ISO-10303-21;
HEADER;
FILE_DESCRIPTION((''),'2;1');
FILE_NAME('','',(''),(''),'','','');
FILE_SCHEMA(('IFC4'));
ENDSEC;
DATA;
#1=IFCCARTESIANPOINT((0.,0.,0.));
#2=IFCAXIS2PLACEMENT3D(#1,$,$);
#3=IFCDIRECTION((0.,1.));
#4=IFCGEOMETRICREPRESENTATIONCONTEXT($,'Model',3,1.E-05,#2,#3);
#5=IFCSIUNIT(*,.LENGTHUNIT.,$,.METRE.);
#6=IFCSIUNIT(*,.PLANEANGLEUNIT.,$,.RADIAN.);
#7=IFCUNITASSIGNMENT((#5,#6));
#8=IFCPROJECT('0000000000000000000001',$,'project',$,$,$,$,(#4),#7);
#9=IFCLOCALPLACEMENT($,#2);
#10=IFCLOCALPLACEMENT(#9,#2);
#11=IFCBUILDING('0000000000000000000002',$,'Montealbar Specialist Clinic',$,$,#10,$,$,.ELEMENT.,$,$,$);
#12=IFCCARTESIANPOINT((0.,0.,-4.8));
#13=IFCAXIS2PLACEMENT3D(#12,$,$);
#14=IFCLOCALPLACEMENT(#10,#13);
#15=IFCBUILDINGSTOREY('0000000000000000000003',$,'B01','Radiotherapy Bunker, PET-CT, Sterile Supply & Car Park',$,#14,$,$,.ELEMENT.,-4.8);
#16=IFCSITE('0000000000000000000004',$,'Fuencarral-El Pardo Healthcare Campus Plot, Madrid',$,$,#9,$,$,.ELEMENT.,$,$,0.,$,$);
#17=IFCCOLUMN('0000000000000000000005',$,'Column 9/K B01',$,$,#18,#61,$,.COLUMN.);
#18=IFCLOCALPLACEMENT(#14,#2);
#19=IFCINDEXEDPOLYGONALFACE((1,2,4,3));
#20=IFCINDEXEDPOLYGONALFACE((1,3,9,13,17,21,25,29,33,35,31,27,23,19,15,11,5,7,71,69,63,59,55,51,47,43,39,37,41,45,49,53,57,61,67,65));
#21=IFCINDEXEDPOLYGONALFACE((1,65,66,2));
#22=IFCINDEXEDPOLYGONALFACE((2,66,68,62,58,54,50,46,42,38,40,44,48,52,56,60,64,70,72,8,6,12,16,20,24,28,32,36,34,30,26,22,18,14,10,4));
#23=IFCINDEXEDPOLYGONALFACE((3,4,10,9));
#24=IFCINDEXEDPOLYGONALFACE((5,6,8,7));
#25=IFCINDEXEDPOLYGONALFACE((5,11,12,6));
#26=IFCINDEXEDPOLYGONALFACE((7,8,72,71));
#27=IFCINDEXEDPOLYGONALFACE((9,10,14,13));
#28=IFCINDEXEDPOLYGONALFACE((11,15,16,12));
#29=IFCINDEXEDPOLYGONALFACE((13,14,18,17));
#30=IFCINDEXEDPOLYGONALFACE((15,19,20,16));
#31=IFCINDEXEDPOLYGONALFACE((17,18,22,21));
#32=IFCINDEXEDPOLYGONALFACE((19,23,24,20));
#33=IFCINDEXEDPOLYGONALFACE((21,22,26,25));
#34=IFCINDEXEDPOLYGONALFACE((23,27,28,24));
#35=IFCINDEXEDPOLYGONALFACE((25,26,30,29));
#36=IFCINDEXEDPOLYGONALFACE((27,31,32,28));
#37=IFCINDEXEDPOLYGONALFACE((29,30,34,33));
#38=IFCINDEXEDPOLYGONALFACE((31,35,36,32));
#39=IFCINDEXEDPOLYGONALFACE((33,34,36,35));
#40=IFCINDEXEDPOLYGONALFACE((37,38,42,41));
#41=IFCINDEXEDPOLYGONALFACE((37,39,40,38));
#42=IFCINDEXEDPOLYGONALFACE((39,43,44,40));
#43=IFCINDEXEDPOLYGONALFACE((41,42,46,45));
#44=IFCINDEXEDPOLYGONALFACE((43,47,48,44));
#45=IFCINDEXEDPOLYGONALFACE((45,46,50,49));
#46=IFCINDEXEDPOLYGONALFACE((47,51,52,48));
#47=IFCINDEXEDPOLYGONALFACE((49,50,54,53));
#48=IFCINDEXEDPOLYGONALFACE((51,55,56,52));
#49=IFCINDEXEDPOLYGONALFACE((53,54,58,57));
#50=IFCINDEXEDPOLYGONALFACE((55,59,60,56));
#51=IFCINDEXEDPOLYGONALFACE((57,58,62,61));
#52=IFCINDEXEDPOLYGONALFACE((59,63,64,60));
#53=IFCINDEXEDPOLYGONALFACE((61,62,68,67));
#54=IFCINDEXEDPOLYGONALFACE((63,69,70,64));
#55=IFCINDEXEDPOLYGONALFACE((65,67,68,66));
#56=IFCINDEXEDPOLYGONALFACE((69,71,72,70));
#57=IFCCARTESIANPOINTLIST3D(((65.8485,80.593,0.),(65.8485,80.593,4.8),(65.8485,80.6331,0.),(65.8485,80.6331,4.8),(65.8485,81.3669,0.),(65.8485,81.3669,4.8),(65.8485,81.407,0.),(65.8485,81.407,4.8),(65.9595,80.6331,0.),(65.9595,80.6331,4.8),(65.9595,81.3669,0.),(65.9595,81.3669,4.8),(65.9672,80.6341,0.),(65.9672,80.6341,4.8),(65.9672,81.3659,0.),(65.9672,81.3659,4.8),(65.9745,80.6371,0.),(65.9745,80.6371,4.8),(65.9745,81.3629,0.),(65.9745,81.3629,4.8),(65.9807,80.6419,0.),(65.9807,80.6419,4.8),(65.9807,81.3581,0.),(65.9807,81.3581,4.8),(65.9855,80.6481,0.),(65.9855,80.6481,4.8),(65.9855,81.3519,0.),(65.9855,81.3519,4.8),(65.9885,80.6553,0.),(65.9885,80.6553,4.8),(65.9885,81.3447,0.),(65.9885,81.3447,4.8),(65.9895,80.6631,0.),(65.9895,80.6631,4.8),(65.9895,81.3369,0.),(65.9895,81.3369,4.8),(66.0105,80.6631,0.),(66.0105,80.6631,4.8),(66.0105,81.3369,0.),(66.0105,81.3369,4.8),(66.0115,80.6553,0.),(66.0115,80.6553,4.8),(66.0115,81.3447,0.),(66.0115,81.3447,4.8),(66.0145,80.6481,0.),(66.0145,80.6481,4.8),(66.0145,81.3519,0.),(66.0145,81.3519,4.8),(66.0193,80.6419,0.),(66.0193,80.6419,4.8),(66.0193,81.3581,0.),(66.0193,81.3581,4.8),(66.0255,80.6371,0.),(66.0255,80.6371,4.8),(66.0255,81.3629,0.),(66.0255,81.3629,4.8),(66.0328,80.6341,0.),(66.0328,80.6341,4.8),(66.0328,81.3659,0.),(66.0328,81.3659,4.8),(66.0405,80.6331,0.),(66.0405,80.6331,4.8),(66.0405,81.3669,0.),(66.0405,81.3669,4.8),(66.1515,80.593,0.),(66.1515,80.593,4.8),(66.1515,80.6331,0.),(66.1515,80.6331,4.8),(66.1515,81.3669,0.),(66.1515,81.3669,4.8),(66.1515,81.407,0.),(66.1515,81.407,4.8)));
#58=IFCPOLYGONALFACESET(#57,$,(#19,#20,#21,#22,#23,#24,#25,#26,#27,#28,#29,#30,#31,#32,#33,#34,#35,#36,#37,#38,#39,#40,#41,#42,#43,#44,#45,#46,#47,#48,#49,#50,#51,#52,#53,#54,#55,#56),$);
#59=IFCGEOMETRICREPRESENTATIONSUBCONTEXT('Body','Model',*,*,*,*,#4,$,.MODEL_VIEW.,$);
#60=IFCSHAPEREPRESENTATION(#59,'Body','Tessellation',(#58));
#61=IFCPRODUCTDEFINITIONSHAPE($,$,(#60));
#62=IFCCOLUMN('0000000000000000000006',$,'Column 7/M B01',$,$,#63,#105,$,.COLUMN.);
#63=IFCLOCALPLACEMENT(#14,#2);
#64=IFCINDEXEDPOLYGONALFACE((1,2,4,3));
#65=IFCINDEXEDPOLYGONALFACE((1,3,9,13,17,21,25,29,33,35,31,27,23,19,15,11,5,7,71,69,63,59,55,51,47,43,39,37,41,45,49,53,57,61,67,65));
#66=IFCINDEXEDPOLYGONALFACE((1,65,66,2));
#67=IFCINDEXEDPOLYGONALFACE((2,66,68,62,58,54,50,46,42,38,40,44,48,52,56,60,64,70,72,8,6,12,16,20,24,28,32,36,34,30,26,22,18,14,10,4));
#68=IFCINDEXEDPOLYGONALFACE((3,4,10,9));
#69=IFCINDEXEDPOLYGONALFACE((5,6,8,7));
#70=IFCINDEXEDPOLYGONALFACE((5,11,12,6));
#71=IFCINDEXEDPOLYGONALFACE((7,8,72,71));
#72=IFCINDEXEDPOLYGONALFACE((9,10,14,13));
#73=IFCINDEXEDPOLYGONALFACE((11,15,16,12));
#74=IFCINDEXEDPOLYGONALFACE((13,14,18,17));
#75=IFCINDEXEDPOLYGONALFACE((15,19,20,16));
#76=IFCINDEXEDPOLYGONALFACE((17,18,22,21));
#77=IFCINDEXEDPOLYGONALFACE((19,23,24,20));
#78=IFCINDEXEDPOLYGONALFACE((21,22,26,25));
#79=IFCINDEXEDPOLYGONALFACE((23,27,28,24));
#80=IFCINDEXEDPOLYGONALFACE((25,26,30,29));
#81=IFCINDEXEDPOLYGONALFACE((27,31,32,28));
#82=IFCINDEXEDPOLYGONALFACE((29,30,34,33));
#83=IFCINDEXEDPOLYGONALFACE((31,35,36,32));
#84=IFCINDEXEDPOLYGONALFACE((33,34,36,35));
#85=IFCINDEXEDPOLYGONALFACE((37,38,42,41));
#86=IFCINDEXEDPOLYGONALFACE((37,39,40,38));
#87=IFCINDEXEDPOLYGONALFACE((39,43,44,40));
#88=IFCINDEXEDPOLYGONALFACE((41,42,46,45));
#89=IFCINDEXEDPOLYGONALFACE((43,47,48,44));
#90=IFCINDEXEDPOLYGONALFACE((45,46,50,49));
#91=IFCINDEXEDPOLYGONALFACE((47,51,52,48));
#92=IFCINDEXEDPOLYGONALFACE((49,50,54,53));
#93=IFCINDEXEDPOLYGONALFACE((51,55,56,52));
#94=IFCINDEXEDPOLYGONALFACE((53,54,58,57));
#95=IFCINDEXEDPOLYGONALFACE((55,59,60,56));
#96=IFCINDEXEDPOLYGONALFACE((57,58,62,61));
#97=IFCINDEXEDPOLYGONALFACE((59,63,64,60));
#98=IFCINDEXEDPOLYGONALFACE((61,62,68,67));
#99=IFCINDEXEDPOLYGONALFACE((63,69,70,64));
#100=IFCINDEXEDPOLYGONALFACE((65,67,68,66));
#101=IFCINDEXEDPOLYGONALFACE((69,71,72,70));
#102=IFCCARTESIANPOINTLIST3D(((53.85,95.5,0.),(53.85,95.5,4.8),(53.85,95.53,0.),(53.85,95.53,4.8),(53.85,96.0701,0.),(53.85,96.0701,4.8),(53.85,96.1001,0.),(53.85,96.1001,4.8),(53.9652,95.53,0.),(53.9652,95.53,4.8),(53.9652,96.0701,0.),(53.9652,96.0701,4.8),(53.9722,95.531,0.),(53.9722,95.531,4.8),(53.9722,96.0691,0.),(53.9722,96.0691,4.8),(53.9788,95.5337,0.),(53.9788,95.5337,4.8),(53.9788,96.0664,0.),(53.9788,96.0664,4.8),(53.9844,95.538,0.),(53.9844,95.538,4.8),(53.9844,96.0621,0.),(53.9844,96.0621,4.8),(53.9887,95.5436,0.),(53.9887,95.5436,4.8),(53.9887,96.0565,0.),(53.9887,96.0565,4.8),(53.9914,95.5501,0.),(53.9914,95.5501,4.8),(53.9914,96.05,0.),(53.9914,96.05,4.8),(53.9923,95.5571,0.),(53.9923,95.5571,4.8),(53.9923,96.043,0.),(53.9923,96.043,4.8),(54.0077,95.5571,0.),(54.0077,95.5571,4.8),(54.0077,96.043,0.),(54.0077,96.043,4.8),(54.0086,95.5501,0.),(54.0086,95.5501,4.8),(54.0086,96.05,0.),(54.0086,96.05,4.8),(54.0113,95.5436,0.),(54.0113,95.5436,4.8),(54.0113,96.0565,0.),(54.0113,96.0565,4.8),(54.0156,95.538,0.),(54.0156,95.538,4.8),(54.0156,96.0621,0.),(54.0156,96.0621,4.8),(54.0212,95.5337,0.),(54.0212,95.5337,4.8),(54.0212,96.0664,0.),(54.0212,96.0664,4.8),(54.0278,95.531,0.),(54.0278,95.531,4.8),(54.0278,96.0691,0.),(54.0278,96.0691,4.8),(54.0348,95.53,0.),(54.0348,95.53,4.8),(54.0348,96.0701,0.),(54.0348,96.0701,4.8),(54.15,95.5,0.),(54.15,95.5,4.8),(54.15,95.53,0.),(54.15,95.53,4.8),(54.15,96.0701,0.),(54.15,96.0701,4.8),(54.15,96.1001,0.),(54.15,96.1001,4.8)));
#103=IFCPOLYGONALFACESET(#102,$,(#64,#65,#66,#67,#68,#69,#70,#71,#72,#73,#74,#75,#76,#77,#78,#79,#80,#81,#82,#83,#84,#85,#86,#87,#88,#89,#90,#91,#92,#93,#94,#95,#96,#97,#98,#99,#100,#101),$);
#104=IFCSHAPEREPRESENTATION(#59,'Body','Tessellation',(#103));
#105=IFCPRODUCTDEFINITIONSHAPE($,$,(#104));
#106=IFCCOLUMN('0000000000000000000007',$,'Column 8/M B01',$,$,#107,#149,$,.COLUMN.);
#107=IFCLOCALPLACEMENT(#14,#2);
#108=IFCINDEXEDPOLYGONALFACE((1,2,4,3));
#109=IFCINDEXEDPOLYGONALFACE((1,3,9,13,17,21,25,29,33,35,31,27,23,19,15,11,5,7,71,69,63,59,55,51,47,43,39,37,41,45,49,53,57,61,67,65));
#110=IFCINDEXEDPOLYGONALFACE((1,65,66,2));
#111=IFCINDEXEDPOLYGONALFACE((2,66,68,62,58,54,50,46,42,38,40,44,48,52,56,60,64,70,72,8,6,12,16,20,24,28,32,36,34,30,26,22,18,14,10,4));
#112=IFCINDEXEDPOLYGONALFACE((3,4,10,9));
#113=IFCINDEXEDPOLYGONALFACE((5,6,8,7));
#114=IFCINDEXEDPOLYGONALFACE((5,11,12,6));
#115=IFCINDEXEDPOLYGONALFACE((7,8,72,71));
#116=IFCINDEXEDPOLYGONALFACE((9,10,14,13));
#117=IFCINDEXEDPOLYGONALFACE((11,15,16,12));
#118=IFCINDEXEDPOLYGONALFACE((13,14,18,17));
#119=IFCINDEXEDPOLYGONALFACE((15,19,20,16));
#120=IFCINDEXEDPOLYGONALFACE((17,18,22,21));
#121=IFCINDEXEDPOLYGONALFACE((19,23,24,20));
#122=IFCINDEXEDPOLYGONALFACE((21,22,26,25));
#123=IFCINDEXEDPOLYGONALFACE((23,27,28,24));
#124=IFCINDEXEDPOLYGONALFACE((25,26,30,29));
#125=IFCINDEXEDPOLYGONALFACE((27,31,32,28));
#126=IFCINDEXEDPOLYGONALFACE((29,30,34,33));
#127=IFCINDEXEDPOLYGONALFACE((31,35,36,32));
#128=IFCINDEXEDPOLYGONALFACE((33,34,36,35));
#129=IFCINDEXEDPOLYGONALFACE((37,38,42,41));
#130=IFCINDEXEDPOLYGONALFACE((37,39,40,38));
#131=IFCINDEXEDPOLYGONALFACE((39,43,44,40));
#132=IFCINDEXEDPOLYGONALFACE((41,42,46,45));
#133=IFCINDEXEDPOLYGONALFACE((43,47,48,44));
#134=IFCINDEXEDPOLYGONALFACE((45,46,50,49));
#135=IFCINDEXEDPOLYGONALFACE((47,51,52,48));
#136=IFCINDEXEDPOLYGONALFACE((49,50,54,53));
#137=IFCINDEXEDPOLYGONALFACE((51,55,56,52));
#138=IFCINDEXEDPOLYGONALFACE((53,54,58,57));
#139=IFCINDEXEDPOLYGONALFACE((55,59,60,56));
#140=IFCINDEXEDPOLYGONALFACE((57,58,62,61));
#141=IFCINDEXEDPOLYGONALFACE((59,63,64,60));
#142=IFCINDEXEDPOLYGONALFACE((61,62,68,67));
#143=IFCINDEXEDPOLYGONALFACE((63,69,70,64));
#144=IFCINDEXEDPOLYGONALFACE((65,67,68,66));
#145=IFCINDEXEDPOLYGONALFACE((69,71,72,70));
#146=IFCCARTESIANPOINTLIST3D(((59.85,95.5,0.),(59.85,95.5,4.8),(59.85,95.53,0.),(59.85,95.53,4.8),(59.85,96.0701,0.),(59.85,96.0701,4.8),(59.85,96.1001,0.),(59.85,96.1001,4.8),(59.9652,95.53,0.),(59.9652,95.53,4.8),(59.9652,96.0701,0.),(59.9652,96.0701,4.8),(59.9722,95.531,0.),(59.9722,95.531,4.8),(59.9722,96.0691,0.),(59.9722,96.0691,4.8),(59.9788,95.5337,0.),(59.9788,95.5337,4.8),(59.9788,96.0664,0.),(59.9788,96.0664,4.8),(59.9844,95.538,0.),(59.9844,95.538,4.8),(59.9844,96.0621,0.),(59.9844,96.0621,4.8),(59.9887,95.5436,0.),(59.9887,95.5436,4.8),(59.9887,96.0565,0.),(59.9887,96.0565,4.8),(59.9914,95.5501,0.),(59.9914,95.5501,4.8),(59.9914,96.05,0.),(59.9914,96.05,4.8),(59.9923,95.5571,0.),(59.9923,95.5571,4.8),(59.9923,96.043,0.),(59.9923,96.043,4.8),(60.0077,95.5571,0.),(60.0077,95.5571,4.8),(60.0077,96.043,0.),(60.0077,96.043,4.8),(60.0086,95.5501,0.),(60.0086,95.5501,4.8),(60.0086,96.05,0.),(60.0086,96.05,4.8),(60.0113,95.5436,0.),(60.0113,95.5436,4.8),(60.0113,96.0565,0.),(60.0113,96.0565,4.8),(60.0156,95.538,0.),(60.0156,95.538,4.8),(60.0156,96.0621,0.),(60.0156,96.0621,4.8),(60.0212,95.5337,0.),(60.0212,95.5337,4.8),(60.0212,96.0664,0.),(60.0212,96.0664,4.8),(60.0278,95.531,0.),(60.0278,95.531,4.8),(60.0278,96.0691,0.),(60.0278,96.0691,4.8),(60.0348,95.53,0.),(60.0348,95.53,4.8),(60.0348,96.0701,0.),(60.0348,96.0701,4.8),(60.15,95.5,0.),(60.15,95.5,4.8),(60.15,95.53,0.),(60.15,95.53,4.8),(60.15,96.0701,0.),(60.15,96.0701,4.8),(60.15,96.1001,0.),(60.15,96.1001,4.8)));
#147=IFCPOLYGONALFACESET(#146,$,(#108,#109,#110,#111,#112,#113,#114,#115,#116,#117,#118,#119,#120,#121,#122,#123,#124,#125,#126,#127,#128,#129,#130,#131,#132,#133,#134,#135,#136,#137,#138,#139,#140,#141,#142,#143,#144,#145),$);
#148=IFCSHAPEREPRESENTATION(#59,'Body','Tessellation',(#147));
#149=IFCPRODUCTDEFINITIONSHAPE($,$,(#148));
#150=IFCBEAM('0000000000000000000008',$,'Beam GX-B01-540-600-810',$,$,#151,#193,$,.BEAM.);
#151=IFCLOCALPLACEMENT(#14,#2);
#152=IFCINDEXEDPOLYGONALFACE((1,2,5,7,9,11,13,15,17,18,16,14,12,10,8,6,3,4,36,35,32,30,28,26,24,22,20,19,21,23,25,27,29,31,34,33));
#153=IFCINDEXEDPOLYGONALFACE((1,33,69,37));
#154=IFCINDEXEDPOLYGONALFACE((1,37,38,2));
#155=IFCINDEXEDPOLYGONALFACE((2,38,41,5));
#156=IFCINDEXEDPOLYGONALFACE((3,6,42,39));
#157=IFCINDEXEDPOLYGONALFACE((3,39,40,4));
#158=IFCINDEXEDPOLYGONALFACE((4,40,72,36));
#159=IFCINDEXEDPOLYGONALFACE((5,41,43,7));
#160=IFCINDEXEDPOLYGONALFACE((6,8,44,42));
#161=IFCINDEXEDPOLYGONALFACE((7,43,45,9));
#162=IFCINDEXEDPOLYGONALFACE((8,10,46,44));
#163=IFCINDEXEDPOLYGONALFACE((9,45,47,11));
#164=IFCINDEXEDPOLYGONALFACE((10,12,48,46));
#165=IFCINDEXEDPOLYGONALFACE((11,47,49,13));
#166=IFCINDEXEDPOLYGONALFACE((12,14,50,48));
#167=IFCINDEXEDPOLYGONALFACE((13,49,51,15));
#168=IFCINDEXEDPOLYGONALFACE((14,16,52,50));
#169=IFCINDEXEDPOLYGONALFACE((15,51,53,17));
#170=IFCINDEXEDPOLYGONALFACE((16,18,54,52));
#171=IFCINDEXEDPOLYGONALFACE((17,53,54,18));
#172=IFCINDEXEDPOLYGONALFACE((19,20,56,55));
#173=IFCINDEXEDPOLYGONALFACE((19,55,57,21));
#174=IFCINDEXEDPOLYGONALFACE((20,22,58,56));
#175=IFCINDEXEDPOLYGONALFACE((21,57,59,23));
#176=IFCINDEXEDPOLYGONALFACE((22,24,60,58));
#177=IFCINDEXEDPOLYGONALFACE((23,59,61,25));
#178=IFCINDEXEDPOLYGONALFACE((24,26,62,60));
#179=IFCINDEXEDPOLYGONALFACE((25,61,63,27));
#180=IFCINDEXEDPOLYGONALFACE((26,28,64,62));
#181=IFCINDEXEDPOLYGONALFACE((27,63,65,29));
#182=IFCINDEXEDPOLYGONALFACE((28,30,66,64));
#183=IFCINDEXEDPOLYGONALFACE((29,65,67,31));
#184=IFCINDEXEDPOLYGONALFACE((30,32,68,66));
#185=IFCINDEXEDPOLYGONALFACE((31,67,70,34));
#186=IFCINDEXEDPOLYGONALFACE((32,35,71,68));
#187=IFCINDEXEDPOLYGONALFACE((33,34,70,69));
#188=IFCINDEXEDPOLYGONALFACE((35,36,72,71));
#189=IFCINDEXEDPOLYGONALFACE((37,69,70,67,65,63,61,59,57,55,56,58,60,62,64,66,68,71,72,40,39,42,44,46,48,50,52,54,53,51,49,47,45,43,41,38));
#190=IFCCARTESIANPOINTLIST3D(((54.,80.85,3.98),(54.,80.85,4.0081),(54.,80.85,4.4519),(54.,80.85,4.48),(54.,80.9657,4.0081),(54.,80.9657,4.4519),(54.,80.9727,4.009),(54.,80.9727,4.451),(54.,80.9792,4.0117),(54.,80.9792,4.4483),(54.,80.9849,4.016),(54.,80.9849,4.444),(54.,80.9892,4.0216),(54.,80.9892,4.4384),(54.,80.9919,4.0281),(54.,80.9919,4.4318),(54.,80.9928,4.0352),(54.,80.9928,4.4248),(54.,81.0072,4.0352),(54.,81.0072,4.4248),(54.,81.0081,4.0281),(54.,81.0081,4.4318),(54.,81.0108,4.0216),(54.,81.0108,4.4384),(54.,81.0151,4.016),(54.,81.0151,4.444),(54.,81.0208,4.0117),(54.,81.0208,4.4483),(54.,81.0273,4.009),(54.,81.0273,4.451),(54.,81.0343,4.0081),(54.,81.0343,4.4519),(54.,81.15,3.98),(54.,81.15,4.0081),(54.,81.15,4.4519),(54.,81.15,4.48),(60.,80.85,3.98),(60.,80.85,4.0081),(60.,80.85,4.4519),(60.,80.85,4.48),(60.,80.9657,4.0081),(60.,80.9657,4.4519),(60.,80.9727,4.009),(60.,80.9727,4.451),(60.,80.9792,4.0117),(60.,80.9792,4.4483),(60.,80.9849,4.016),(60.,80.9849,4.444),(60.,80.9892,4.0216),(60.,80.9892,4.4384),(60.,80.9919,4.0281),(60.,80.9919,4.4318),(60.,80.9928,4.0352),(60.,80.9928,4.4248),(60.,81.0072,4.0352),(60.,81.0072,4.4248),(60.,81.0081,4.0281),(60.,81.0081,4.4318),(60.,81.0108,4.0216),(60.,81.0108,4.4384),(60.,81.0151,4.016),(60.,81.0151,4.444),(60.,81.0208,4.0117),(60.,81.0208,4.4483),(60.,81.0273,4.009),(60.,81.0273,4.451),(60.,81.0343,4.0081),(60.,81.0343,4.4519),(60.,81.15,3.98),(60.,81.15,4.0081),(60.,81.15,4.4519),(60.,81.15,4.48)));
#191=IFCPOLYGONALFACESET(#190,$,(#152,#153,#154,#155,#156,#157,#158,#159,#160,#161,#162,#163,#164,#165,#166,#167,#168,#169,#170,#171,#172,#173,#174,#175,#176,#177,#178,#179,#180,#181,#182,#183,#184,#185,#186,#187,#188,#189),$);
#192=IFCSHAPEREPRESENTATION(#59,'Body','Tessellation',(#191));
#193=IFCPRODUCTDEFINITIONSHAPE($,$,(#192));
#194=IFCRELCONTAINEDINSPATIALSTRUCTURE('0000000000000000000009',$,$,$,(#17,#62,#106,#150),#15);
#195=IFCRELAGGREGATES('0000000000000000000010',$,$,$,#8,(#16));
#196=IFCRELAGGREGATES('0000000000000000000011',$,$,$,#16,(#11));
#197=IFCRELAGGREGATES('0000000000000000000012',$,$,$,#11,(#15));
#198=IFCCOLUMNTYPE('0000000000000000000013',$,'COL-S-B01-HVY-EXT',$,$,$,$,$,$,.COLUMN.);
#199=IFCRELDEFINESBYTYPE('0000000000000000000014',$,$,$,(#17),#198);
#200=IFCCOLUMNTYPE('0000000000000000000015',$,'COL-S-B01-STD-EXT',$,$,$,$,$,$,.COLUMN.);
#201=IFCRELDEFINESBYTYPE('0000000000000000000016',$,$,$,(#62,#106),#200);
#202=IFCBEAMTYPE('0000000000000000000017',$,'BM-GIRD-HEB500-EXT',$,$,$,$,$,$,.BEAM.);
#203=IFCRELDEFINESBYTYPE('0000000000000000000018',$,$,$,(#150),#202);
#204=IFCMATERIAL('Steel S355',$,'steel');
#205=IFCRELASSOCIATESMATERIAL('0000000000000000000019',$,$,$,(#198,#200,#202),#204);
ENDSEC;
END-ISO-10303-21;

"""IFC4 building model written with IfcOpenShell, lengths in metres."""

from ifc_helpers import new_model, si_unit, direction, frame, origin, origin_2d, place, context, subcontext, project, spatial, i_section, extrude, material, material_profile, profile_set, type_object, element, save


model = new_model("IFC4")

# Units and contexts
model_context = context("Model", 3, precision=1e-05, world=origin(), true_north=direction((0.0, 1.0)))
body_context = subcontext(model_context, "Body", "Model", "MODEL_VIEW")
ifc_project = project(units=[si_unit("LENGTHUNIT", "METRE"), si_unit("PLANEANGLEUNIT", "RADIAN")], contexts=[model_context])

# Site, building, storey
site_placement = place(None, origin())
site = spatial("IfcSite", under=ifc_project, at=site_placement, Name="Fuencarral-El Pardo Healthcare Campus Plot, Madrid", CompositionType="ELEMENT", RefElevation=0.0)
building_placement = place(site_placement, origin())
building = spatial("IfcBuilding", under=site, at=building_placement, Name="Montealbar Specialist Clinic", CompositionType="ELEMENT")
storey_placement = place(building_placement, frame((0.0, 0.0, -4.8)))
storey = spatial("IfcBuildingStorey", under=building, at=storey_placement, Name="B01", Description="Radiotherapy Bunker, PET-CT, Sterile Supply & Car Park", CompositionType="ELEMENT", Elevation=-4.8)

# Columns
ifc_material_1 = material(Name="Steel S355", Category="steel")
ifc_material_profile_1 = material_profile(ifc_material_1, i_section(OverallWidth=0.303, OverallDepth=0.814, WebThickness=0.021, FlangeThickness=0.04, FilletRadius=0.03, at=origin_2d()), Name="HEM 800", Category="steel")
ifc_profile_set_1 = profile_set([ifc_material_profile_1], Name="Steel S355")
column_type_1 = type_object("IfcColumnType", Name="COL-S-B01-HVY-EXT", PredefinedType="COLUMN", material=ifc_profile_set_1)
for number, where, z_axis, x_axis, name in (
    (1, (66.0, 81.0, 0.0), (0.0, 0.0, 1.0), (1.0, 0.0, 0.0), "Column 9/K B01"),
):
    element("IfcColumn", number, at=place(storey_placement, frame(where, z_axis=z_axis, x_axis=x_axis)), inside=storey, type_object=column_type_1, Name=name, PredefinedType="COLUMN", context=body_context, shape_type="SweptSolid", body=[
        extrude(i_section(OverallWidth=0.303, OverallDepth=0.814, WebThickness=0.021, FlangeThickness=0.04, FilletRadius=0.03, at=origin_2d()), origin(), (0.0, 0.0, 1.0), 4.8),
    ])
ifc_material_profile_2 = material_profile(ifc_material_1, i_section(OverallWidth=0.3, OverallDepth=0.6001, WebThickness=0.0154, FlangeThickness=0.03, FilletRadius=0.0271, at=origin_2d()), Name="HEB 600", Category="steel")
ifc_profile_set_2 = profile_set([ifc_material_profile_2], Name="Steel S355")
column_type_2 = type_object("IfcColumnType", Name="COL-S-B01-STD-EXT", PredefinedType="COLUMN", material=ifc_profile_set_2)
for number, where, z_axis, x_axis, name in (
    (2, (54.0, 95.8, 0.0), (0.0, 0.0, 1.0), (1.0, 0.0, 0.0), "Column 7/M B01"),
    (3, (60.0, 95.8, 0.0), (0.0, 0.0, 1.0), (1.0, 0.0, 0.0), "Column 8/M B01"),
):
    element("IfcColumn", number, at=place(storey_placement, frame(where, z_axis=z_axis, x_axis=x_axis)), inside=storey, type_object=column_type_2, Name=name, PredefinedType="COLUMN", context=body_context, shape_type="SweptSolid", body=[
        extrude(i_section(OverallWidth=0.3, OverallDepth=0.6001, WebThickness=0.0154, FlangeThickness=0.03, FilletRadius=0.0271, at=origin_2d()), origin(), (0.0, 0.0, 1.0), 4.8),
    ])

# Beam
ifc_material_profile_3 = material_profile(ifc_material_1, i_section(OverallWidth=0.3, OverallDepth=0.5, WebThickness=0.0144, FlangeThickness=0.0281, FilletRadius=0.0271, at=origin_2d()), Name="HEB 500", Category="steel")
ifc_profile_set_3 = profile_set([ifc_material_profile_3], Name="Steel S355")
beam_type_1 = type_object("IfcBeamType", Name="BM-GIRD-HEB500-EXT", PredefinedType="BEAM", material=ifc_profile_set_3)
for number, where, z_axis, x_axis, name in (
    (4, (54.0, 81.0, 4.23), (1.0, 0.0, 0.0), (0.0, 1.0, 0.0), "Beam GX-B01-540-600-810"),
):
    element("IfcBeam", number, at=place(storey_placement, frame(where, z_axis=z_axis, x_axis=x_axis)), inside=storey, type_object=beam_type_1, Name=name, PredefinedType="BEAM", context=body_context, shape_type="SweptSolid", body=[
        extrude(i_section(OverallWidth=0.3, OverallDepth=0.5, WebThickness=0.0144, FlangeThickness=0.0281, FilletRadius=0.0271, at=origin_2d()), origin(), (0.0, 0.0, 1.0), 6.0),
    ])

save(model, "model.ifc")
